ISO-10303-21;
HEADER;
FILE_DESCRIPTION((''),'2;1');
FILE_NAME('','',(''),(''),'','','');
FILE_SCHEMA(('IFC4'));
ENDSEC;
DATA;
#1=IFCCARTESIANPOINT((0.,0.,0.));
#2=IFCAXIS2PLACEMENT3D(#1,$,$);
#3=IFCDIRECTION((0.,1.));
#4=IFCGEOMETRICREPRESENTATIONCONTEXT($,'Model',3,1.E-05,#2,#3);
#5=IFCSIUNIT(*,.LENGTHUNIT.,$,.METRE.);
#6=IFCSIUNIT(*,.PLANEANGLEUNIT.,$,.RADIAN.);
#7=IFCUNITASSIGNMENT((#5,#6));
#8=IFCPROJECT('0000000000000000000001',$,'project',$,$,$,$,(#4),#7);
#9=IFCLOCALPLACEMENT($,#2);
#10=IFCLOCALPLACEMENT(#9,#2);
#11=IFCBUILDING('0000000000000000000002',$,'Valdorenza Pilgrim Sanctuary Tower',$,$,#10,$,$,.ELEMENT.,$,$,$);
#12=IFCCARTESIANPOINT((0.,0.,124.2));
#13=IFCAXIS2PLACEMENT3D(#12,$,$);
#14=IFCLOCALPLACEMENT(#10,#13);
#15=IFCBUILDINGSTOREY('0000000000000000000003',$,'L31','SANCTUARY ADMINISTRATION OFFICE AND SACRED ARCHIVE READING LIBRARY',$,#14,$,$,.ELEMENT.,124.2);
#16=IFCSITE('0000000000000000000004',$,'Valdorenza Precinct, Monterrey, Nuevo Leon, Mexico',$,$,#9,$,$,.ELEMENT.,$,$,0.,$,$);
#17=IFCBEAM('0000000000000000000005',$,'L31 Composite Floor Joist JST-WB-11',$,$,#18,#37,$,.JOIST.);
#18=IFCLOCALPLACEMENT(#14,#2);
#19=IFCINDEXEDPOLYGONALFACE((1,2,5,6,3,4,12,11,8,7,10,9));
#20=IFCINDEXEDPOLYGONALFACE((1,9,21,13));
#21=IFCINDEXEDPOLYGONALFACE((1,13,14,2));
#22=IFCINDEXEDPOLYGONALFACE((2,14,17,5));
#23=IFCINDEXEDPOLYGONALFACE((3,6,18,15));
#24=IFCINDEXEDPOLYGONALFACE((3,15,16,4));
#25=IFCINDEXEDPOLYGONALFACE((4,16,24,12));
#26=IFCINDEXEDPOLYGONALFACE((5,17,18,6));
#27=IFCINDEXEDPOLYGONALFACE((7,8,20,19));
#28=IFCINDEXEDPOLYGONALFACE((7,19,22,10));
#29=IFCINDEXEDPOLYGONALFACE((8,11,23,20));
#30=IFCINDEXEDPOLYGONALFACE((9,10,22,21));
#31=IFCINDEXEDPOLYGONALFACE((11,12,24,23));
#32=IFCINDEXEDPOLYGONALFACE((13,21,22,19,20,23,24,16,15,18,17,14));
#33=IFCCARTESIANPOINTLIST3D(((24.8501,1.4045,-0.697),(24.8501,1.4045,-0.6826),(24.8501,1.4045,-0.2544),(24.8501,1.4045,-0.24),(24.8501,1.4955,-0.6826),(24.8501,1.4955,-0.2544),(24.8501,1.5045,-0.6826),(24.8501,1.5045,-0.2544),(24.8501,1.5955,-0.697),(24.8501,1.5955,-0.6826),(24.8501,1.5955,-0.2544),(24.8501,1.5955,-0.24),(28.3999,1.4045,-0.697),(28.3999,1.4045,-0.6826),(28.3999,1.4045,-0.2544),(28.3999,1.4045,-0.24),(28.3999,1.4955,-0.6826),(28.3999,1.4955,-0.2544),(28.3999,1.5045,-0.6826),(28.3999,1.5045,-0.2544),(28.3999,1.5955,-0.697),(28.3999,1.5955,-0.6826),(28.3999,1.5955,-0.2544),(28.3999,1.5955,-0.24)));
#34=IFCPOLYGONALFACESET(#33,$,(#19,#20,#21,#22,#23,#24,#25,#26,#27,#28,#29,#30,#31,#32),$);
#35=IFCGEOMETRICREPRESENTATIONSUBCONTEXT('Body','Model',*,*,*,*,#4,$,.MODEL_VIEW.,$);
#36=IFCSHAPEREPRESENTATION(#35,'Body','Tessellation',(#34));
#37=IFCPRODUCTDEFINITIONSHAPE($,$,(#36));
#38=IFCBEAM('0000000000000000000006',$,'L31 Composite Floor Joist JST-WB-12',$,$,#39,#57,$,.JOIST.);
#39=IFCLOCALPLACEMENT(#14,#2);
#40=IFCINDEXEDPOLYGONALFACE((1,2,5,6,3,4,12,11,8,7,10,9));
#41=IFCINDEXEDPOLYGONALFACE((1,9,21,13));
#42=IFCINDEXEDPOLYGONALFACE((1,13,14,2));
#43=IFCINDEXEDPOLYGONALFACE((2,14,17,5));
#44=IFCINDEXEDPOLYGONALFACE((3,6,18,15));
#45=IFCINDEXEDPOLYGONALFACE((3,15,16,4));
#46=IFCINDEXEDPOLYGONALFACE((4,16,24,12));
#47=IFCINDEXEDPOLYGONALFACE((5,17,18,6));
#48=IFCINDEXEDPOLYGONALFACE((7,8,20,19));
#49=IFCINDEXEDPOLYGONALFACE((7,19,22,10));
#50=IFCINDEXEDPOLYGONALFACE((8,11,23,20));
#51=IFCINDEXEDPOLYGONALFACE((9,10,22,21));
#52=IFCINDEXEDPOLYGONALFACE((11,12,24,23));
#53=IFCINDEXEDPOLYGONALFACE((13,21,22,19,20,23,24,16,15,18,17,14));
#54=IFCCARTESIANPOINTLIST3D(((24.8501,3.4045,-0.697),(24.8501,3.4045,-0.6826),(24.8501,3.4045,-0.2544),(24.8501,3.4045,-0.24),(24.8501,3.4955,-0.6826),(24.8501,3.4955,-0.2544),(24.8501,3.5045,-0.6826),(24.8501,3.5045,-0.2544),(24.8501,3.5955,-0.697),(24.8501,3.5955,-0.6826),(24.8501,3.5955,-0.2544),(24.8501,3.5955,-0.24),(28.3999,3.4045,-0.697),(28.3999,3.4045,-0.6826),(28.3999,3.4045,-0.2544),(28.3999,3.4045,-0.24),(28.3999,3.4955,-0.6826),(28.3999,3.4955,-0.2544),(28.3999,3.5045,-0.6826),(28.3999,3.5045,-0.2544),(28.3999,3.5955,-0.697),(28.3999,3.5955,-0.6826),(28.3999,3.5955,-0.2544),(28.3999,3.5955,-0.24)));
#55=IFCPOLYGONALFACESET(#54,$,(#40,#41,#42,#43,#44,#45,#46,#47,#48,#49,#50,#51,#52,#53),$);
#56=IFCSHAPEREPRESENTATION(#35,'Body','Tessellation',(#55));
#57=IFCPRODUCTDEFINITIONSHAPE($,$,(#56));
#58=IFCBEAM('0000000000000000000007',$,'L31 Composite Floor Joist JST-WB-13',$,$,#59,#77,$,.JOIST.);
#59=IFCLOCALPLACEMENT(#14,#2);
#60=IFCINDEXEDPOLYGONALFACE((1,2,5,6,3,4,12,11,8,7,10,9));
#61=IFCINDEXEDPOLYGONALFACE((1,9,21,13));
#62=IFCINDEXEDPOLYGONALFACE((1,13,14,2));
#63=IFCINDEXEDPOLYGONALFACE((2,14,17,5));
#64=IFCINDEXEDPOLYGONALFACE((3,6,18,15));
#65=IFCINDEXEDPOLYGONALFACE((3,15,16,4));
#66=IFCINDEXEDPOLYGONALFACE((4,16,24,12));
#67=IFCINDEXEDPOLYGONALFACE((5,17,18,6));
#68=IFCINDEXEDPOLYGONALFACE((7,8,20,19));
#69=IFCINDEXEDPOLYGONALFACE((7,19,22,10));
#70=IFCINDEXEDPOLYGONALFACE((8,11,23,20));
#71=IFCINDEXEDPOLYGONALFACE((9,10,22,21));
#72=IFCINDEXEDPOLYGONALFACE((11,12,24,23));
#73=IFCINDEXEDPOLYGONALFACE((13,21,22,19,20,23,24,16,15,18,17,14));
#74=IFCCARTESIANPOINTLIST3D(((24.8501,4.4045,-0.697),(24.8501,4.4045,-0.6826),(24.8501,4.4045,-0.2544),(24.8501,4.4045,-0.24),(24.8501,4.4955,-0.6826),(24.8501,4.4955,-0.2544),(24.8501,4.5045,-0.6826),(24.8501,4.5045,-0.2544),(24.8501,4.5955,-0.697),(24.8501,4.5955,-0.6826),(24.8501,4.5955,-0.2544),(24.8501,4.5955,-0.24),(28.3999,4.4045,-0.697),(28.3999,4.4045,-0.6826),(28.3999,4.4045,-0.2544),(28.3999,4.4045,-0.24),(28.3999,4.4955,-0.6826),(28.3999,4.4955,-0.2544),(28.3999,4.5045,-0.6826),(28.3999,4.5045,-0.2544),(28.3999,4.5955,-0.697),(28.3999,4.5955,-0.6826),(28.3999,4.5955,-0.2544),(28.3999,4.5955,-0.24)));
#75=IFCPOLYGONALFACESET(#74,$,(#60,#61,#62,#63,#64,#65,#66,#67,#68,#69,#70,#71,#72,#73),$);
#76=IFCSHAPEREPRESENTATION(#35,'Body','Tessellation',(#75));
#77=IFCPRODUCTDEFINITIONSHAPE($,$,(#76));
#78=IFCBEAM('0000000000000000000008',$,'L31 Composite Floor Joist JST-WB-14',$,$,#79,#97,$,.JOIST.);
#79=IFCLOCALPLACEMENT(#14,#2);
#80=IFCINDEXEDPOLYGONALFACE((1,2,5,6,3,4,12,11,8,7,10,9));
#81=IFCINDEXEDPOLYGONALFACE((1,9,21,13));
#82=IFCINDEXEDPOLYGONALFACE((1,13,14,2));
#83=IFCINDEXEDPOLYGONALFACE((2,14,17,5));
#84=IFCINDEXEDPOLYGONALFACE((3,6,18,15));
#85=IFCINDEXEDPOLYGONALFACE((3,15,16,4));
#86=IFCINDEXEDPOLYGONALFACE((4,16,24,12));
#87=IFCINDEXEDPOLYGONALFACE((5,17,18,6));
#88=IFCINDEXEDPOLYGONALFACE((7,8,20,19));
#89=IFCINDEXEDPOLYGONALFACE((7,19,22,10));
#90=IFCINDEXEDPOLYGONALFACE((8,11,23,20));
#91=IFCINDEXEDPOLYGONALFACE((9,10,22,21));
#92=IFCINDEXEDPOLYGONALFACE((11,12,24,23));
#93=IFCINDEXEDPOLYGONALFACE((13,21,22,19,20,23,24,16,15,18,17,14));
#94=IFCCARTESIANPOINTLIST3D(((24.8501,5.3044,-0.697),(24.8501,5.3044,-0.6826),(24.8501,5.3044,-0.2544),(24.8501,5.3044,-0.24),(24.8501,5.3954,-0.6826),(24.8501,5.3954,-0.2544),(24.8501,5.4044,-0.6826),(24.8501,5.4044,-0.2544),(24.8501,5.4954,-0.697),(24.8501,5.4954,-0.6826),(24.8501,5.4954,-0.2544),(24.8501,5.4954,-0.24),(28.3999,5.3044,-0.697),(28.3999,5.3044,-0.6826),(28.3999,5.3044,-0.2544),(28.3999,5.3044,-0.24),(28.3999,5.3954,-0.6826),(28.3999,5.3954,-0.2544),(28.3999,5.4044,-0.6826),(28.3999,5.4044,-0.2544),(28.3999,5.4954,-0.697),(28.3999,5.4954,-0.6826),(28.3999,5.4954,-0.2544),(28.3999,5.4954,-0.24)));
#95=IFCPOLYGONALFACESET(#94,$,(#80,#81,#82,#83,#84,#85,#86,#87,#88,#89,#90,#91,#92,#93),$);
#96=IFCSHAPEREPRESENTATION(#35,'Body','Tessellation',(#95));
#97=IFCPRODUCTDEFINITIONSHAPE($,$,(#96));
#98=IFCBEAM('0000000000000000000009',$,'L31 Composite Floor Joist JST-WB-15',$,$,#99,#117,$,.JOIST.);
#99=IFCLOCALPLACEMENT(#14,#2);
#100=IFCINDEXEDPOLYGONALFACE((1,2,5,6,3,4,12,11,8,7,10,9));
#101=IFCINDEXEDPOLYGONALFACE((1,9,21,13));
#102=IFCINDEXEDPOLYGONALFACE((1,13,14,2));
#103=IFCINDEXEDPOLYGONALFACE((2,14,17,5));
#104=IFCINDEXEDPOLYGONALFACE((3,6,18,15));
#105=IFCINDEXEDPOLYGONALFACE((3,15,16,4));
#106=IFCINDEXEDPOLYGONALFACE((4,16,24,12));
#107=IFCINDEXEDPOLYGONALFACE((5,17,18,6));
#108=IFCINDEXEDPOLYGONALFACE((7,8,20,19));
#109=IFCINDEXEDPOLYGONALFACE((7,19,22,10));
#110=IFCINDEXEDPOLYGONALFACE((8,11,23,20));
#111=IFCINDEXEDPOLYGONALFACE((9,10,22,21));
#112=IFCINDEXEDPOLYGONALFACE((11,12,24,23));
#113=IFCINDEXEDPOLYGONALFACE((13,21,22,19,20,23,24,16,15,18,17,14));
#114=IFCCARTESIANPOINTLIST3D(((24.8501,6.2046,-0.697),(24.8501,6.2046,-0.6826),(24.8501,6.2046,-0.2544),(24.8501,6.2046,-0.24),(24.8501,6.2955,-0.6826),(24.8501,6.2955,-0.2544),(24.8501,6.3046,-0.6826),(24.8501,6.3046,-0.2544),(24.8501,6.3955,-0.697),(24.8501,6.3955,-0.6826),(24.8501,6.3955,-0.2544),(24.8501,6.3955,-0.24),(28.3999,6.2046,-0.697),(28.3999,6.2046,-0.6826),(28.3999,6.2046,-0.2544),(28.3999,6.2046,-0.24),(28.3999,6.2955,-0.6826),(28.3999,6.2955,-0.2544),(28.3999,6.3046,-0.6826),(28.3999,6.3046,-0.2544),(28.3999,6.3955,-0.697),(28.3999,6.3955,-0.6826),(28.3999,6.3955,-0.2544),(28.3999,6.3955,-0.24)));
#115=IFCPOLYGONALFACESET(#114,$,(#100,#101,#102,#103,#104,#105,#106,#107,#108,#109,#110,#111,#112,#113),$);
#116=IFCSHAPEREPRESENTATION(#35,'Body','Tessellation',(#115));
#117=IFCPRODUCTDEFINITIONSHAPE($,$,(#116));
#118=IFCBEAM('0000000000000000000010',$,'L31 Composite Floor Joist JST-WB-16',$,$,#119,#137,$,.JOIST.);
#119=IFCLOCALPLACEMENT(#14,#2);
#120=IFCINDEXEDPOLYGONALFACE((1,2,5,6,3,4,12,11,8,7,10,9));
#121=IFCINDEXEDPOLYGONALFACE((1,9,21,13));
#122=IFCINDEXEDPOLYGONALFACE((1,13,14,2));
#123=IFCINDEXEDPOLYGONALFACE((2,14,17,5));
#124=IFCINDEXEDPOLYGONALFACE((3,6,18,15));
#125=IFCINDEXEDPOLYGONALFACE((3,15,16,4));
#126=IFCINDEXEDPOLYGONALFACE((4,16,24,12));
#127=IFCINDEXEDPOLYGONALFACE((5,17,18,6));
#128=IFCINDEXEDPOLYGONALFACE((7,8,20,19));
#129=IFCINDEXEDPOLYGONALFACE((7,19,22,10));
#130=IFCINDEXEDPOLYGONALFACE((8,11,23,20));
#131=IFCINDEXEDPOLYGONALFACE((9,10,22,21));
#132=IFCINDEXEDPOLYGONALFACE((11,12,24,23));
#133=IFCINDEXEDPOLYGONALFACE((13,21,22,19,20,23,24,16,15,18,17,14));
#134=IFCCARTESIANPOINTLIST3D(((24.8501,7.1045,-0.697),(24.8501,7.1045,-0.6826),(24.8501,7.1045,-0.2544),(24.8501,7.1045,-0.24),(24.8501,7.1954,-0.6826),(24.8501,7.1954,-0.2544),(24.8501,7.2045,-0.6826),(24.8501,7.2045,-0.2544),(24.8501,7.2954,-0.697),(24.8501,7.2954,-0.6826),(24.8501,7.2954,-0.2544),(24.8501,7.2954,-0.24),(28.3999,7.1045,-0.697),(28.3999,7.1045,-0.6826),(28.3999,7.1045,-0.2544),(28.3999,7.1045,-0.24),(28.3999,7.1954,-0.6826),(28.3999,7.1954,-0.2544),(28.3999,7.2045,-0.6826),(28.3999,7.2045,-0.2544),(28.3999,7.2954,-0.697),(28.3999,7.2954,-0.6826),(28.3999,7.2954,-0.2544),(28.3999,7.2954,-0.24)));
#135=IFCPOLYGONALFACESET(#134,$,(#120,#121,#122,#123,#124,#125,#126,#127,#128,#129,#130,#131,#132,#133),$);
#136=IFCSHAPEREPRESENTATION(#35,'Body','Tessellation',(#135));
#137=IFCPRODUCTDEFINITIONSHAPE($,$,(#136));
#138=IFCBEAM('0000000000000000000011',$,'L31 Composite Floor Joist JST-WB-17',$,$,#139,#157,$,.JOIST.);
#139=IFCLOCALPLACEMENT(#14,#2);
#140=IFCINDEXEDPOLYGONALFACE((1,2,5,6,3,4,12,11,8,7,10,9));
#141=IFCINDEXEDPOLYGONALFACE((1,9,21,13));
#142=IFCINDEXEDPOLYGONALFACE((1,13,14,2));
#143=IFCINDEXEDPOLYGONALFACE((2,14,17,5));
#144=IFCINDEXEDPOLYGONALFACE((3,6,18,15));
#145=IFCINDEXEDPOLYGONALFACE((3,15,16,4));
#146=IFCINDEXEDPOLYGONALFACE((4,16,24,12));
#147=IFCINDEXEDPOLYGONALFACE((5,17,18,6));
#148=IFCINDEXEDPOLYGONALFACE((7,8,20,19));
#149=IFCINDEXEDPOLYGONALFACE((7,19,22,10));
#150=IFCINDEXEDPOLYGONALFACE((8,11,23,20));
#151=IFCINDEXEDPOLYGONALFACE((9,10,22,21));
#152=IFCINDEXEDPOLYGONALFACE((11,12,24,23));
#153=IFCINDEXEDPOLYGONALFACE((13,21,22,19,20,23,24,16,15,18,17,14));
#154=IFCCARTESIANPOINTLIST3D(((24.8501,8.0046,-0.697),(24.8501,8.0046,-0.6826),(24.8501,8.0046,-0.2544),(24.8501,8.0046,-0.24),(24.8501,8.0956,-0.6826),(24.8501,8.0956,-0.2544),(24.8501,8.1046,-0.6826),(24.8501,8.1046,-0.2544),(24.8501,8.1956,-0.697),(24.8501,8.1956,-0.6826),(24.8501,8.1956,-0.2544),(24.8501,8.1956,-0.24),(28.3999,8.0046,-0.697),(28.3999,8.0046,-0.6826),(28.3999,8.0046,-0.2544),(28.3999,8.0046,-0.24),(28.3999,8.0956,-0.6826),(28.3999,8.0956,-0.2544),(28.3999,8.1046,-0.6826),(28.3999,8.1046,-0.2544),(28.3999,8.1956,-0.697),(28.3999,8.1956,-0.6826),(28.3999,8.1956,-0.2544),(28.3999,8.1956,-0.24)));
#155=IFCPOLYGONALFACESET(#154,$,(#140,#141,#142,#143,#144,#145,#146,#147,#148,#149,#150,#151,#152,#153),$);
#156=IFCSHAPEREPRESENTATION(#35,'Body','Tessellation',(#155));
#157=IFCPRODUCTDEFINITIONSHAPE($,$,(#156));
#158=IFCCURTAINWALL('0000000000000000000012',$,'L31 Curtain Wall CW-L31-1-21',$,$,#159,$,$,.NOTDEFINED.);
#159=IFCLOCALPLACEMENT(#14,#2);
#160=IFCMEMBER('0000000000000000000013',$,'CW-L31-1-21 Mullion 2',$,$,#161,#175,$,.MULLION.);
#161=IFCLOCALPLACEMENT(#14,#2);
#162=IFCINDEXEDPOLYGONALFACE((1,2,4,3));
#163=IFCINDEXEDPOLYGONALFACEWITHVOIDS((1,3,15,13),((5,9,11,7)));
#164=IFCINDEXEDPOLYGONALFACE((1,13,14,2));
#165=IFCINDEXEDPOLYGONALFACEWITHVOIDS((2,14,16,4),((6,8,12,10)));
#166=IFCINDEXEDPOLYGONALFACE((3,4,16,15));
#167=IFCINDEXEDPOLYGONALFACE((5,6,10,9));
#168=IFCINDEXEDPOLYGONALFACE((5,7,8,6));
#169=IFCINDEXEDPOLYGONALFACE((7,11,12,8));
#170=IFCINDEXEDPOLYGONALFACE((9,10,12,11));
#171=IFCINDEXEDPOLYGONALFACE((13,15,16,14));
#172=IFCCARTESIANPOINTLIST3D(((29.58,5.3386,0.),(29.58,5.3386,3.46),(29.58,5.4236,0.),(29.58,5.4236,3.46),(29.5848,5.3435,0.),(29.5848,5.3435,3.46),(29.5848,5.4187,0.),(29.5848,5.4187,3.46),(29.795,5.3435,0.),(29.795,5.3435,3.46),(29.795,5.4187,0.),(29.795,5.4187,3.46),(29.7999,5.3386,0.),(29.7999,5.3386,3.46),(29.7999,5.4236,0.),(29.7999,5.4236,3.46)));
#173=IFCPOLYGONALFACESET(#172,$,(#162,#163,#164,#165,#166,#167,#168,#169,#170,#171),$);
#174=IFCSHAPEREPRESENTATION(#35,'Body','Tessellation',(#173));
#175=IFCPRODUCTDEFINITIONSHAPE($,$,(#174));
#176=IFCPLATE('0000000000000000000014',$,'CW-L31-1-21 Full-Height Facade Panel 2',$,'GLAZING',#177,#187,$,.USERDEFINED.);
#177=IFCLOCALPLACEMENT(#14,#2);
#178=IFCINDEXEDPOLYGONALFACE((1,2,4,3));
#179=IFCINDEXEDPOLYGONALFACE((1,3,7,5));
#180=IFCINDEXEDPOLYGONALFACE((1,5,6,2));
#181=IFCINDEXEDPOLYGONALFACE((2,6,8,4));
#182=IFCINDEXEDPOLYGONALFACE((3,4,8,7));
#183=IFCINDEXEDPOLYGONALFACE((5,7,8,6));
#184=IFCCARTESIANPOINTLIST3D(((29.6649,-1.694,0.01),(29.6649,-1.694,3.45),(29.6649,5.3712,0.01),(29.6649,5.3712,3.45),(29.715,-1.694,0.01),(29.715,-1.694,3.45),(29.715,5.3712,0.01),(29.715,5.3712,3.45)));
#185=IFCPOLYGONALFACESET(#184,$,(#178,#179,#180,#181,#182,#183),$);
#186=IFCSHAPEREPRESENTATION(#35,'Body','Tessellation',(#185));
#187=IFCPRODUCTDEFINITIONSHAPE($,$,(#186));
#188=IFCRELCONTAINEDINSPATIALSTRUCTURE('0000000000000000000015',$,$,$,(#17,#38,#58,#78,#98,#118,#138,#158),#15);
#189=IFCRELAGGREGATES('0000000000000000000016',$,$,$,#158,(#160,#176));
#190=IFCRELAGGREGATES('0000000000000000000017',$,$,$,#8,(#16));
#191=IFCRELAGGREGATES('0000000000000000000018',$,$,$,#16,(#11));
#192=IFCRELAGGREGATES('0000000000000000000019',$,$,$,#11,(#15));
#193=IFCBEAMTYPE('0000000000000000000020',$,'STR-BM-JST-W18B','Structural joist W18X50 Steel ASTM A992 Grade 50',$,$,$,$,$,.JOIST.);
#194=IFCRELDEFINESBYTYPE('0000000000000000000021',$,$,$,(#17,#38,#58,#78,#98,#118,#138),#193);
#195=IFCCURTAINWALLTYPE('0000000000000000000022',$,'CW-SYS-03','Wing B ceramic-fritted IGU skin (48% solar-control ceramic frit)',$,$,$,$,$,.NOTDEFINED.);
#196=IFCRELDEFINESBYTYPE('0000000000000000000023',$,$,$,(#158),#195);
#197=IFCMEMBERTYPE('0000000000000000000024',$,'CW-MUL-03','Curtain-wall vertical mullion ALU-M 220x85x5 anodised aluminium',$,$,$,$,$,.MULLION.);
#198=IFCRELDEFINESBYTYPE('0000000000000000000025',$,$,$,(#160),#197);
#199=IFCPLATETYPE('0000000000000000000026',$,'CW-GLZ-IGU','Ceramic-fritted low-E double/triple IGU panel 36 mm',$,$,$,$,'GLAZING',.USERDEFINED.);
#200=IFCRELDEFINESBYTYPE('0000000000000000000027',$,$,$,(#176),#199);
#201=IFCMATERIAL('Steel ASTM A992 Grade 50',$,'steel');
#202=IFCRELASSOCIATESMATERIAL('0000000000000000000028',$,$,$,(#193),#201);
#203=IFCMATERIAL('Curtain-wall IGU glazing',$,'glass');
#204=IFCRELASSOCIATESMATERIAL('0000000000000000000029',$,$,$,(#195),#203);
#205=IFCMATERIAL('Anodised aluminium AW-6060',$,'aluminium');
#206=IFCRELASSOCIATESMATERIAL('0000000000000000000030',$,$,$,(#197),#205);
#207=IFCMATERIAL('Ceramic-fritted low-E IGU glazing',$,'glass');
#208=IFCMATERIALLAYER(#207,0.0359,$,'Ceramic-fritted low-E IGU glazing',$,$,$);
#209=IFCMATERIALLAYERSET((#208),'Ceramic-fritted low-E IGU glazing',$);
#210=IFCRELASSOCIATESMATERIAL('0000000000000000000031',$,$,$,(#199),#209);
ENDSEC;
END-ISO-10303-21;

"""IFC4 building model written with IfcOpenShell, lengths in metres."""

from ifc_helpers import new_model, si_unit, direction, frame, origin, origin_2d, place, context, subcontext, project, spatial, rectangle, hollow_rectangle, i_section, extrude, source, transform, mapped, material, layer, layer_set, material_profile, profile_set, type_object, element, aggregate, save


model = new_model("IFC4")

# Units and contexts
model_context = context("Model", 3, precision=1e-05, world=origin(), true_north=direction((0.0, 1.0)))
body_context = subcontext(model_context, "Body", "Model", "MODEL_VIEW")
ifc_project = project(units=[si_unit("LENGTHUNIT", "METRE"), si_unit("PLANEANGLEUNIT", "RADIAN")], contexts=[model_context])

# Site, building, storey
site_placement = place(None, origin())
site = spatial("IfcSite", under=ifc_project, at=site_placement, Name="Valdorenza Precinct, Monterrey, Nuevo Leon, Mexico", CompositionType="ELEMENT", RefElevation=0.0)
building_placement = place(site_placement, origin())
building = spatial("IfcBuilding", under=site, at=building_placement, Name="Valdorenza Pilgrim Sanctuary Tower", CompositionType="ELEMENT")
storey_placement = place(building_placement, frame((0.0, 0.0, 124.2)))
storey = spatial("IfcBuildingStorey", under=building, at=storey_placement, Name="L31", Description="SANCTUARY ADMINISTRATION OFFICE AND SACRED ARCHIVE READING LIBRARY", CompositionType="ELEMENT", Elevation=124.2)

# Beams
ifc_material_1 = material(Name="Steel ASTM A992 Grade 50", Category="steel")
ifc_material_profile_1 = material_profile(ifc_material_1, i_section(OverallWidth=0.1909, OverallDepth=0.457, WebThickness=0.009, FlangeThickness=0.0144, at=origin_2d()), Name="W18X50")
ifc_profile_set_1 = profile_set([ifc_material_profile_1], Name="Steel ASTM A992 Grade 50")
beam_type = type_object("IfcBeamType", Name="STR-BM-JST-W18B", Description="Structural joist W18X50 Steel ASTM A992 Grade 50", PredefinedType="JOIST", material=ifc_profile_set_1)
shared_shape_1 = source(origin(), body_context, "Body", "SweptSolid", [
    extrude(i_section(OverallWidth=0.1909, OverallDepth=0.457, WebThickness=0.009, FlangeThickness=0.0144, at=origin_2d()), origin(), (0.0, 0.0, 1.0), 3.5498),
])
for number, where, z_axis, x_axis, name in (
    (1, (24.8501, 1.5, -0.4685), (1.0, 0.0, 0.0), (0.0, 1.0, 0.0), "L31 Composite Floor Joist JST-WB-11"),
    (2, (24.8501, 3.5, -0.4685), (1.0, 0.0, 0.0), (0.0, 1.0, 0.0), "L31 Composite Floor Joist JST-WB-12"),
    (3, (24.8501, 4.5, -0.4685), (1.0, 0.0, 0.0), (0.0, 1.0, 0.0), "L31 Composite Floor Joist JST-WB-13"),
    (4, (24.8501, 5.3999, -0.4685), (1.0, 0.0, 0.0), (0.0, 1.0, 0.0), "L31 Composite Floor Joist JST-WB-14"),
    (5, (24.8501, 6.3, -0.4685), (1.0, 0.0, 0.0), (0.0, 1.0, 0.0), "L31 Composite Floor Joist JST-WB-15"),
    (6, (24.8501, 7.2, -0.4685), (1.0, 0.0, 0.0), (0.0, 1.0, 0.0), "L31 Composite Floor Joist JST-WB-16"),
    (7, (24.8501, 8.1001, -0.4685), (1.0, 0.0, 0.0), (0.0, 1.0, 0.0), "L31 Composite Floor Joist JST-WB-17"),
):
    element("IfcBeam", number, at=place(storey_placement, frame(where, z_axis=z_axis, x_axis=x_axis)), inside=storey, type_object=beam_type, Name=name, PredefinedType="JOIST", context=body_context, shape_type="MappedRepresentation", body=[
        mapped(shared_shape_1, transform((0.0, 0.0, 0.0), x_axis=(1.0, 0.0, 0.0), y_axis=(0.0, 1.0, 0.0), z_axis=(0.0, 0.0, 1.0), scale=1.0)),
    ])

# Curtain wall, member, plate
ifc_material_2 = material(Name="Curtain-wall IGU glazing", Category="glass")
curtain_wall_type = type_object("IfcCurtainWallType", Name="CW-SYS-03", Description="Wing B ceramic-fritted IGU skin (48% solar-control ceramic frit)", PredefinedType="NOTDEFINED", material=ifc_material_2)
curtain_wall_placement = place(storey_placement, origin())
curtain_wall = element("IfcCurtainWall", 8, at=curtain_wall_placement, inside=storey, type_object=curtain_wall_type, Name="L31 Curtain Wall CW-L31-1-21", PredefinedType="NOTDEFINED")
ifc_material_3 = material(Name="Anodised aluminium AW-6060", Category="aluminium")
ifc_material_profile_2 = material_profile(ifc_material_3, hollow_rectangle(XDim=0.085, YDim=0.22, WallThickness=0.0049, at=origin_2d()), Name="ALU-M 220x85x5")
ifc_profile_set_2 = profile_set([ifc_material_profile_2], Name="Anodised aluminium AW-6060")
member_type = type_object("IfcMemberType", Name="CW-MUL-03", Description="Curtain-wall vertical mullion ALU-M 220x85x5 anodised aluminium", PredefinedType="MULLION", material=ifc_profile_set_2)
shared_shape_2 = source(origin(), body_context, "Body", "SweptSolid", [
    extrude(hollow_rectangle(XDim=0.085, YDim=0.22, WallThickness=0.0049, at=origin_2d()), origin(), (0.0, 0.0, 1.0), 3.46),
])
member_placement = place(storey_placement, frame((29.6899, 5.3811, 0.0), z_axis=(0.0, 0.0, 1.0), x_axis=(0.0, -1.0, 0.0)))
member = element("IfcMember", 9, at=member_placement, type_object=member_type, Name="CW-L31-1-21 Mullion 2", PredefinedType="MULLION", context=body_context, shape_type="MappedRepresentation", body=[
    mapped(shared_shape_2, transform((0.0, 0.0, 0.0), x_axis=(1.0, 0.0, 0.0), y_axis=(0.0, 1.0, 0.0), z_axis=(0.0, 0.0, 1.0), scale=1.0)),
])
ifc_material_4 = material(Name="Ceramic-fritted low-E IGU glazing", Category="glass")
ifc_layer_1 = layer(ifc_material_4, 0.0359, Name="Ceramic-fritted low-E IGU glazing")
ifc_layer_set_1 = layer_set([ifc_layer_1], Name="Ceramic-fritted low-E IGU glazing")
plate_type = type_object("IfcPlateType", Name="CW-GLZ-IGU", Description="Ceramic-fritted low-E double/triple IGU panel 36 mm", ElementType="GLAZING", PredefinedType="USERDEFINED", material=ifc_layer_set_1)
shared_shape_3 = source(origin(), body_context, "Body", "SweptSolid", [
    extrude(rectangle(XDim=7.0652, YDim=0.05, at=origin_2d()), origin(), (0.0, 0.0, 1.0), 3.4399),
])
plate_placement = place(storey_placement, frame((29.6899, 1.8386, 0.01), z_axis=(0.0, 0.0, 1.0), x_axis=(0.0, -1.0, 0.0)))
plate = element("IfcPlate", 10, at=plate_placement, type_object=plate_type, Name="CW-L31-1-21 Full-Height Facade Panel 2", ObjectType="GLAZING", PredefinedType="USERDEFINED", context=body_context, shape_type="MappedRepresentation", body=[
    mapped(shared_shape_3, transform((0.0, 0.0, 0.0), x_axis=(1.0, 0.0, 0.0), y_axis=(0.0, 1.0, 0.0), z_axis=(0.0, 0.0, 1.0), scale=1.0)),
])
aggregate(curtain_wall, [member, plate])

save(model, "model.ifc")
